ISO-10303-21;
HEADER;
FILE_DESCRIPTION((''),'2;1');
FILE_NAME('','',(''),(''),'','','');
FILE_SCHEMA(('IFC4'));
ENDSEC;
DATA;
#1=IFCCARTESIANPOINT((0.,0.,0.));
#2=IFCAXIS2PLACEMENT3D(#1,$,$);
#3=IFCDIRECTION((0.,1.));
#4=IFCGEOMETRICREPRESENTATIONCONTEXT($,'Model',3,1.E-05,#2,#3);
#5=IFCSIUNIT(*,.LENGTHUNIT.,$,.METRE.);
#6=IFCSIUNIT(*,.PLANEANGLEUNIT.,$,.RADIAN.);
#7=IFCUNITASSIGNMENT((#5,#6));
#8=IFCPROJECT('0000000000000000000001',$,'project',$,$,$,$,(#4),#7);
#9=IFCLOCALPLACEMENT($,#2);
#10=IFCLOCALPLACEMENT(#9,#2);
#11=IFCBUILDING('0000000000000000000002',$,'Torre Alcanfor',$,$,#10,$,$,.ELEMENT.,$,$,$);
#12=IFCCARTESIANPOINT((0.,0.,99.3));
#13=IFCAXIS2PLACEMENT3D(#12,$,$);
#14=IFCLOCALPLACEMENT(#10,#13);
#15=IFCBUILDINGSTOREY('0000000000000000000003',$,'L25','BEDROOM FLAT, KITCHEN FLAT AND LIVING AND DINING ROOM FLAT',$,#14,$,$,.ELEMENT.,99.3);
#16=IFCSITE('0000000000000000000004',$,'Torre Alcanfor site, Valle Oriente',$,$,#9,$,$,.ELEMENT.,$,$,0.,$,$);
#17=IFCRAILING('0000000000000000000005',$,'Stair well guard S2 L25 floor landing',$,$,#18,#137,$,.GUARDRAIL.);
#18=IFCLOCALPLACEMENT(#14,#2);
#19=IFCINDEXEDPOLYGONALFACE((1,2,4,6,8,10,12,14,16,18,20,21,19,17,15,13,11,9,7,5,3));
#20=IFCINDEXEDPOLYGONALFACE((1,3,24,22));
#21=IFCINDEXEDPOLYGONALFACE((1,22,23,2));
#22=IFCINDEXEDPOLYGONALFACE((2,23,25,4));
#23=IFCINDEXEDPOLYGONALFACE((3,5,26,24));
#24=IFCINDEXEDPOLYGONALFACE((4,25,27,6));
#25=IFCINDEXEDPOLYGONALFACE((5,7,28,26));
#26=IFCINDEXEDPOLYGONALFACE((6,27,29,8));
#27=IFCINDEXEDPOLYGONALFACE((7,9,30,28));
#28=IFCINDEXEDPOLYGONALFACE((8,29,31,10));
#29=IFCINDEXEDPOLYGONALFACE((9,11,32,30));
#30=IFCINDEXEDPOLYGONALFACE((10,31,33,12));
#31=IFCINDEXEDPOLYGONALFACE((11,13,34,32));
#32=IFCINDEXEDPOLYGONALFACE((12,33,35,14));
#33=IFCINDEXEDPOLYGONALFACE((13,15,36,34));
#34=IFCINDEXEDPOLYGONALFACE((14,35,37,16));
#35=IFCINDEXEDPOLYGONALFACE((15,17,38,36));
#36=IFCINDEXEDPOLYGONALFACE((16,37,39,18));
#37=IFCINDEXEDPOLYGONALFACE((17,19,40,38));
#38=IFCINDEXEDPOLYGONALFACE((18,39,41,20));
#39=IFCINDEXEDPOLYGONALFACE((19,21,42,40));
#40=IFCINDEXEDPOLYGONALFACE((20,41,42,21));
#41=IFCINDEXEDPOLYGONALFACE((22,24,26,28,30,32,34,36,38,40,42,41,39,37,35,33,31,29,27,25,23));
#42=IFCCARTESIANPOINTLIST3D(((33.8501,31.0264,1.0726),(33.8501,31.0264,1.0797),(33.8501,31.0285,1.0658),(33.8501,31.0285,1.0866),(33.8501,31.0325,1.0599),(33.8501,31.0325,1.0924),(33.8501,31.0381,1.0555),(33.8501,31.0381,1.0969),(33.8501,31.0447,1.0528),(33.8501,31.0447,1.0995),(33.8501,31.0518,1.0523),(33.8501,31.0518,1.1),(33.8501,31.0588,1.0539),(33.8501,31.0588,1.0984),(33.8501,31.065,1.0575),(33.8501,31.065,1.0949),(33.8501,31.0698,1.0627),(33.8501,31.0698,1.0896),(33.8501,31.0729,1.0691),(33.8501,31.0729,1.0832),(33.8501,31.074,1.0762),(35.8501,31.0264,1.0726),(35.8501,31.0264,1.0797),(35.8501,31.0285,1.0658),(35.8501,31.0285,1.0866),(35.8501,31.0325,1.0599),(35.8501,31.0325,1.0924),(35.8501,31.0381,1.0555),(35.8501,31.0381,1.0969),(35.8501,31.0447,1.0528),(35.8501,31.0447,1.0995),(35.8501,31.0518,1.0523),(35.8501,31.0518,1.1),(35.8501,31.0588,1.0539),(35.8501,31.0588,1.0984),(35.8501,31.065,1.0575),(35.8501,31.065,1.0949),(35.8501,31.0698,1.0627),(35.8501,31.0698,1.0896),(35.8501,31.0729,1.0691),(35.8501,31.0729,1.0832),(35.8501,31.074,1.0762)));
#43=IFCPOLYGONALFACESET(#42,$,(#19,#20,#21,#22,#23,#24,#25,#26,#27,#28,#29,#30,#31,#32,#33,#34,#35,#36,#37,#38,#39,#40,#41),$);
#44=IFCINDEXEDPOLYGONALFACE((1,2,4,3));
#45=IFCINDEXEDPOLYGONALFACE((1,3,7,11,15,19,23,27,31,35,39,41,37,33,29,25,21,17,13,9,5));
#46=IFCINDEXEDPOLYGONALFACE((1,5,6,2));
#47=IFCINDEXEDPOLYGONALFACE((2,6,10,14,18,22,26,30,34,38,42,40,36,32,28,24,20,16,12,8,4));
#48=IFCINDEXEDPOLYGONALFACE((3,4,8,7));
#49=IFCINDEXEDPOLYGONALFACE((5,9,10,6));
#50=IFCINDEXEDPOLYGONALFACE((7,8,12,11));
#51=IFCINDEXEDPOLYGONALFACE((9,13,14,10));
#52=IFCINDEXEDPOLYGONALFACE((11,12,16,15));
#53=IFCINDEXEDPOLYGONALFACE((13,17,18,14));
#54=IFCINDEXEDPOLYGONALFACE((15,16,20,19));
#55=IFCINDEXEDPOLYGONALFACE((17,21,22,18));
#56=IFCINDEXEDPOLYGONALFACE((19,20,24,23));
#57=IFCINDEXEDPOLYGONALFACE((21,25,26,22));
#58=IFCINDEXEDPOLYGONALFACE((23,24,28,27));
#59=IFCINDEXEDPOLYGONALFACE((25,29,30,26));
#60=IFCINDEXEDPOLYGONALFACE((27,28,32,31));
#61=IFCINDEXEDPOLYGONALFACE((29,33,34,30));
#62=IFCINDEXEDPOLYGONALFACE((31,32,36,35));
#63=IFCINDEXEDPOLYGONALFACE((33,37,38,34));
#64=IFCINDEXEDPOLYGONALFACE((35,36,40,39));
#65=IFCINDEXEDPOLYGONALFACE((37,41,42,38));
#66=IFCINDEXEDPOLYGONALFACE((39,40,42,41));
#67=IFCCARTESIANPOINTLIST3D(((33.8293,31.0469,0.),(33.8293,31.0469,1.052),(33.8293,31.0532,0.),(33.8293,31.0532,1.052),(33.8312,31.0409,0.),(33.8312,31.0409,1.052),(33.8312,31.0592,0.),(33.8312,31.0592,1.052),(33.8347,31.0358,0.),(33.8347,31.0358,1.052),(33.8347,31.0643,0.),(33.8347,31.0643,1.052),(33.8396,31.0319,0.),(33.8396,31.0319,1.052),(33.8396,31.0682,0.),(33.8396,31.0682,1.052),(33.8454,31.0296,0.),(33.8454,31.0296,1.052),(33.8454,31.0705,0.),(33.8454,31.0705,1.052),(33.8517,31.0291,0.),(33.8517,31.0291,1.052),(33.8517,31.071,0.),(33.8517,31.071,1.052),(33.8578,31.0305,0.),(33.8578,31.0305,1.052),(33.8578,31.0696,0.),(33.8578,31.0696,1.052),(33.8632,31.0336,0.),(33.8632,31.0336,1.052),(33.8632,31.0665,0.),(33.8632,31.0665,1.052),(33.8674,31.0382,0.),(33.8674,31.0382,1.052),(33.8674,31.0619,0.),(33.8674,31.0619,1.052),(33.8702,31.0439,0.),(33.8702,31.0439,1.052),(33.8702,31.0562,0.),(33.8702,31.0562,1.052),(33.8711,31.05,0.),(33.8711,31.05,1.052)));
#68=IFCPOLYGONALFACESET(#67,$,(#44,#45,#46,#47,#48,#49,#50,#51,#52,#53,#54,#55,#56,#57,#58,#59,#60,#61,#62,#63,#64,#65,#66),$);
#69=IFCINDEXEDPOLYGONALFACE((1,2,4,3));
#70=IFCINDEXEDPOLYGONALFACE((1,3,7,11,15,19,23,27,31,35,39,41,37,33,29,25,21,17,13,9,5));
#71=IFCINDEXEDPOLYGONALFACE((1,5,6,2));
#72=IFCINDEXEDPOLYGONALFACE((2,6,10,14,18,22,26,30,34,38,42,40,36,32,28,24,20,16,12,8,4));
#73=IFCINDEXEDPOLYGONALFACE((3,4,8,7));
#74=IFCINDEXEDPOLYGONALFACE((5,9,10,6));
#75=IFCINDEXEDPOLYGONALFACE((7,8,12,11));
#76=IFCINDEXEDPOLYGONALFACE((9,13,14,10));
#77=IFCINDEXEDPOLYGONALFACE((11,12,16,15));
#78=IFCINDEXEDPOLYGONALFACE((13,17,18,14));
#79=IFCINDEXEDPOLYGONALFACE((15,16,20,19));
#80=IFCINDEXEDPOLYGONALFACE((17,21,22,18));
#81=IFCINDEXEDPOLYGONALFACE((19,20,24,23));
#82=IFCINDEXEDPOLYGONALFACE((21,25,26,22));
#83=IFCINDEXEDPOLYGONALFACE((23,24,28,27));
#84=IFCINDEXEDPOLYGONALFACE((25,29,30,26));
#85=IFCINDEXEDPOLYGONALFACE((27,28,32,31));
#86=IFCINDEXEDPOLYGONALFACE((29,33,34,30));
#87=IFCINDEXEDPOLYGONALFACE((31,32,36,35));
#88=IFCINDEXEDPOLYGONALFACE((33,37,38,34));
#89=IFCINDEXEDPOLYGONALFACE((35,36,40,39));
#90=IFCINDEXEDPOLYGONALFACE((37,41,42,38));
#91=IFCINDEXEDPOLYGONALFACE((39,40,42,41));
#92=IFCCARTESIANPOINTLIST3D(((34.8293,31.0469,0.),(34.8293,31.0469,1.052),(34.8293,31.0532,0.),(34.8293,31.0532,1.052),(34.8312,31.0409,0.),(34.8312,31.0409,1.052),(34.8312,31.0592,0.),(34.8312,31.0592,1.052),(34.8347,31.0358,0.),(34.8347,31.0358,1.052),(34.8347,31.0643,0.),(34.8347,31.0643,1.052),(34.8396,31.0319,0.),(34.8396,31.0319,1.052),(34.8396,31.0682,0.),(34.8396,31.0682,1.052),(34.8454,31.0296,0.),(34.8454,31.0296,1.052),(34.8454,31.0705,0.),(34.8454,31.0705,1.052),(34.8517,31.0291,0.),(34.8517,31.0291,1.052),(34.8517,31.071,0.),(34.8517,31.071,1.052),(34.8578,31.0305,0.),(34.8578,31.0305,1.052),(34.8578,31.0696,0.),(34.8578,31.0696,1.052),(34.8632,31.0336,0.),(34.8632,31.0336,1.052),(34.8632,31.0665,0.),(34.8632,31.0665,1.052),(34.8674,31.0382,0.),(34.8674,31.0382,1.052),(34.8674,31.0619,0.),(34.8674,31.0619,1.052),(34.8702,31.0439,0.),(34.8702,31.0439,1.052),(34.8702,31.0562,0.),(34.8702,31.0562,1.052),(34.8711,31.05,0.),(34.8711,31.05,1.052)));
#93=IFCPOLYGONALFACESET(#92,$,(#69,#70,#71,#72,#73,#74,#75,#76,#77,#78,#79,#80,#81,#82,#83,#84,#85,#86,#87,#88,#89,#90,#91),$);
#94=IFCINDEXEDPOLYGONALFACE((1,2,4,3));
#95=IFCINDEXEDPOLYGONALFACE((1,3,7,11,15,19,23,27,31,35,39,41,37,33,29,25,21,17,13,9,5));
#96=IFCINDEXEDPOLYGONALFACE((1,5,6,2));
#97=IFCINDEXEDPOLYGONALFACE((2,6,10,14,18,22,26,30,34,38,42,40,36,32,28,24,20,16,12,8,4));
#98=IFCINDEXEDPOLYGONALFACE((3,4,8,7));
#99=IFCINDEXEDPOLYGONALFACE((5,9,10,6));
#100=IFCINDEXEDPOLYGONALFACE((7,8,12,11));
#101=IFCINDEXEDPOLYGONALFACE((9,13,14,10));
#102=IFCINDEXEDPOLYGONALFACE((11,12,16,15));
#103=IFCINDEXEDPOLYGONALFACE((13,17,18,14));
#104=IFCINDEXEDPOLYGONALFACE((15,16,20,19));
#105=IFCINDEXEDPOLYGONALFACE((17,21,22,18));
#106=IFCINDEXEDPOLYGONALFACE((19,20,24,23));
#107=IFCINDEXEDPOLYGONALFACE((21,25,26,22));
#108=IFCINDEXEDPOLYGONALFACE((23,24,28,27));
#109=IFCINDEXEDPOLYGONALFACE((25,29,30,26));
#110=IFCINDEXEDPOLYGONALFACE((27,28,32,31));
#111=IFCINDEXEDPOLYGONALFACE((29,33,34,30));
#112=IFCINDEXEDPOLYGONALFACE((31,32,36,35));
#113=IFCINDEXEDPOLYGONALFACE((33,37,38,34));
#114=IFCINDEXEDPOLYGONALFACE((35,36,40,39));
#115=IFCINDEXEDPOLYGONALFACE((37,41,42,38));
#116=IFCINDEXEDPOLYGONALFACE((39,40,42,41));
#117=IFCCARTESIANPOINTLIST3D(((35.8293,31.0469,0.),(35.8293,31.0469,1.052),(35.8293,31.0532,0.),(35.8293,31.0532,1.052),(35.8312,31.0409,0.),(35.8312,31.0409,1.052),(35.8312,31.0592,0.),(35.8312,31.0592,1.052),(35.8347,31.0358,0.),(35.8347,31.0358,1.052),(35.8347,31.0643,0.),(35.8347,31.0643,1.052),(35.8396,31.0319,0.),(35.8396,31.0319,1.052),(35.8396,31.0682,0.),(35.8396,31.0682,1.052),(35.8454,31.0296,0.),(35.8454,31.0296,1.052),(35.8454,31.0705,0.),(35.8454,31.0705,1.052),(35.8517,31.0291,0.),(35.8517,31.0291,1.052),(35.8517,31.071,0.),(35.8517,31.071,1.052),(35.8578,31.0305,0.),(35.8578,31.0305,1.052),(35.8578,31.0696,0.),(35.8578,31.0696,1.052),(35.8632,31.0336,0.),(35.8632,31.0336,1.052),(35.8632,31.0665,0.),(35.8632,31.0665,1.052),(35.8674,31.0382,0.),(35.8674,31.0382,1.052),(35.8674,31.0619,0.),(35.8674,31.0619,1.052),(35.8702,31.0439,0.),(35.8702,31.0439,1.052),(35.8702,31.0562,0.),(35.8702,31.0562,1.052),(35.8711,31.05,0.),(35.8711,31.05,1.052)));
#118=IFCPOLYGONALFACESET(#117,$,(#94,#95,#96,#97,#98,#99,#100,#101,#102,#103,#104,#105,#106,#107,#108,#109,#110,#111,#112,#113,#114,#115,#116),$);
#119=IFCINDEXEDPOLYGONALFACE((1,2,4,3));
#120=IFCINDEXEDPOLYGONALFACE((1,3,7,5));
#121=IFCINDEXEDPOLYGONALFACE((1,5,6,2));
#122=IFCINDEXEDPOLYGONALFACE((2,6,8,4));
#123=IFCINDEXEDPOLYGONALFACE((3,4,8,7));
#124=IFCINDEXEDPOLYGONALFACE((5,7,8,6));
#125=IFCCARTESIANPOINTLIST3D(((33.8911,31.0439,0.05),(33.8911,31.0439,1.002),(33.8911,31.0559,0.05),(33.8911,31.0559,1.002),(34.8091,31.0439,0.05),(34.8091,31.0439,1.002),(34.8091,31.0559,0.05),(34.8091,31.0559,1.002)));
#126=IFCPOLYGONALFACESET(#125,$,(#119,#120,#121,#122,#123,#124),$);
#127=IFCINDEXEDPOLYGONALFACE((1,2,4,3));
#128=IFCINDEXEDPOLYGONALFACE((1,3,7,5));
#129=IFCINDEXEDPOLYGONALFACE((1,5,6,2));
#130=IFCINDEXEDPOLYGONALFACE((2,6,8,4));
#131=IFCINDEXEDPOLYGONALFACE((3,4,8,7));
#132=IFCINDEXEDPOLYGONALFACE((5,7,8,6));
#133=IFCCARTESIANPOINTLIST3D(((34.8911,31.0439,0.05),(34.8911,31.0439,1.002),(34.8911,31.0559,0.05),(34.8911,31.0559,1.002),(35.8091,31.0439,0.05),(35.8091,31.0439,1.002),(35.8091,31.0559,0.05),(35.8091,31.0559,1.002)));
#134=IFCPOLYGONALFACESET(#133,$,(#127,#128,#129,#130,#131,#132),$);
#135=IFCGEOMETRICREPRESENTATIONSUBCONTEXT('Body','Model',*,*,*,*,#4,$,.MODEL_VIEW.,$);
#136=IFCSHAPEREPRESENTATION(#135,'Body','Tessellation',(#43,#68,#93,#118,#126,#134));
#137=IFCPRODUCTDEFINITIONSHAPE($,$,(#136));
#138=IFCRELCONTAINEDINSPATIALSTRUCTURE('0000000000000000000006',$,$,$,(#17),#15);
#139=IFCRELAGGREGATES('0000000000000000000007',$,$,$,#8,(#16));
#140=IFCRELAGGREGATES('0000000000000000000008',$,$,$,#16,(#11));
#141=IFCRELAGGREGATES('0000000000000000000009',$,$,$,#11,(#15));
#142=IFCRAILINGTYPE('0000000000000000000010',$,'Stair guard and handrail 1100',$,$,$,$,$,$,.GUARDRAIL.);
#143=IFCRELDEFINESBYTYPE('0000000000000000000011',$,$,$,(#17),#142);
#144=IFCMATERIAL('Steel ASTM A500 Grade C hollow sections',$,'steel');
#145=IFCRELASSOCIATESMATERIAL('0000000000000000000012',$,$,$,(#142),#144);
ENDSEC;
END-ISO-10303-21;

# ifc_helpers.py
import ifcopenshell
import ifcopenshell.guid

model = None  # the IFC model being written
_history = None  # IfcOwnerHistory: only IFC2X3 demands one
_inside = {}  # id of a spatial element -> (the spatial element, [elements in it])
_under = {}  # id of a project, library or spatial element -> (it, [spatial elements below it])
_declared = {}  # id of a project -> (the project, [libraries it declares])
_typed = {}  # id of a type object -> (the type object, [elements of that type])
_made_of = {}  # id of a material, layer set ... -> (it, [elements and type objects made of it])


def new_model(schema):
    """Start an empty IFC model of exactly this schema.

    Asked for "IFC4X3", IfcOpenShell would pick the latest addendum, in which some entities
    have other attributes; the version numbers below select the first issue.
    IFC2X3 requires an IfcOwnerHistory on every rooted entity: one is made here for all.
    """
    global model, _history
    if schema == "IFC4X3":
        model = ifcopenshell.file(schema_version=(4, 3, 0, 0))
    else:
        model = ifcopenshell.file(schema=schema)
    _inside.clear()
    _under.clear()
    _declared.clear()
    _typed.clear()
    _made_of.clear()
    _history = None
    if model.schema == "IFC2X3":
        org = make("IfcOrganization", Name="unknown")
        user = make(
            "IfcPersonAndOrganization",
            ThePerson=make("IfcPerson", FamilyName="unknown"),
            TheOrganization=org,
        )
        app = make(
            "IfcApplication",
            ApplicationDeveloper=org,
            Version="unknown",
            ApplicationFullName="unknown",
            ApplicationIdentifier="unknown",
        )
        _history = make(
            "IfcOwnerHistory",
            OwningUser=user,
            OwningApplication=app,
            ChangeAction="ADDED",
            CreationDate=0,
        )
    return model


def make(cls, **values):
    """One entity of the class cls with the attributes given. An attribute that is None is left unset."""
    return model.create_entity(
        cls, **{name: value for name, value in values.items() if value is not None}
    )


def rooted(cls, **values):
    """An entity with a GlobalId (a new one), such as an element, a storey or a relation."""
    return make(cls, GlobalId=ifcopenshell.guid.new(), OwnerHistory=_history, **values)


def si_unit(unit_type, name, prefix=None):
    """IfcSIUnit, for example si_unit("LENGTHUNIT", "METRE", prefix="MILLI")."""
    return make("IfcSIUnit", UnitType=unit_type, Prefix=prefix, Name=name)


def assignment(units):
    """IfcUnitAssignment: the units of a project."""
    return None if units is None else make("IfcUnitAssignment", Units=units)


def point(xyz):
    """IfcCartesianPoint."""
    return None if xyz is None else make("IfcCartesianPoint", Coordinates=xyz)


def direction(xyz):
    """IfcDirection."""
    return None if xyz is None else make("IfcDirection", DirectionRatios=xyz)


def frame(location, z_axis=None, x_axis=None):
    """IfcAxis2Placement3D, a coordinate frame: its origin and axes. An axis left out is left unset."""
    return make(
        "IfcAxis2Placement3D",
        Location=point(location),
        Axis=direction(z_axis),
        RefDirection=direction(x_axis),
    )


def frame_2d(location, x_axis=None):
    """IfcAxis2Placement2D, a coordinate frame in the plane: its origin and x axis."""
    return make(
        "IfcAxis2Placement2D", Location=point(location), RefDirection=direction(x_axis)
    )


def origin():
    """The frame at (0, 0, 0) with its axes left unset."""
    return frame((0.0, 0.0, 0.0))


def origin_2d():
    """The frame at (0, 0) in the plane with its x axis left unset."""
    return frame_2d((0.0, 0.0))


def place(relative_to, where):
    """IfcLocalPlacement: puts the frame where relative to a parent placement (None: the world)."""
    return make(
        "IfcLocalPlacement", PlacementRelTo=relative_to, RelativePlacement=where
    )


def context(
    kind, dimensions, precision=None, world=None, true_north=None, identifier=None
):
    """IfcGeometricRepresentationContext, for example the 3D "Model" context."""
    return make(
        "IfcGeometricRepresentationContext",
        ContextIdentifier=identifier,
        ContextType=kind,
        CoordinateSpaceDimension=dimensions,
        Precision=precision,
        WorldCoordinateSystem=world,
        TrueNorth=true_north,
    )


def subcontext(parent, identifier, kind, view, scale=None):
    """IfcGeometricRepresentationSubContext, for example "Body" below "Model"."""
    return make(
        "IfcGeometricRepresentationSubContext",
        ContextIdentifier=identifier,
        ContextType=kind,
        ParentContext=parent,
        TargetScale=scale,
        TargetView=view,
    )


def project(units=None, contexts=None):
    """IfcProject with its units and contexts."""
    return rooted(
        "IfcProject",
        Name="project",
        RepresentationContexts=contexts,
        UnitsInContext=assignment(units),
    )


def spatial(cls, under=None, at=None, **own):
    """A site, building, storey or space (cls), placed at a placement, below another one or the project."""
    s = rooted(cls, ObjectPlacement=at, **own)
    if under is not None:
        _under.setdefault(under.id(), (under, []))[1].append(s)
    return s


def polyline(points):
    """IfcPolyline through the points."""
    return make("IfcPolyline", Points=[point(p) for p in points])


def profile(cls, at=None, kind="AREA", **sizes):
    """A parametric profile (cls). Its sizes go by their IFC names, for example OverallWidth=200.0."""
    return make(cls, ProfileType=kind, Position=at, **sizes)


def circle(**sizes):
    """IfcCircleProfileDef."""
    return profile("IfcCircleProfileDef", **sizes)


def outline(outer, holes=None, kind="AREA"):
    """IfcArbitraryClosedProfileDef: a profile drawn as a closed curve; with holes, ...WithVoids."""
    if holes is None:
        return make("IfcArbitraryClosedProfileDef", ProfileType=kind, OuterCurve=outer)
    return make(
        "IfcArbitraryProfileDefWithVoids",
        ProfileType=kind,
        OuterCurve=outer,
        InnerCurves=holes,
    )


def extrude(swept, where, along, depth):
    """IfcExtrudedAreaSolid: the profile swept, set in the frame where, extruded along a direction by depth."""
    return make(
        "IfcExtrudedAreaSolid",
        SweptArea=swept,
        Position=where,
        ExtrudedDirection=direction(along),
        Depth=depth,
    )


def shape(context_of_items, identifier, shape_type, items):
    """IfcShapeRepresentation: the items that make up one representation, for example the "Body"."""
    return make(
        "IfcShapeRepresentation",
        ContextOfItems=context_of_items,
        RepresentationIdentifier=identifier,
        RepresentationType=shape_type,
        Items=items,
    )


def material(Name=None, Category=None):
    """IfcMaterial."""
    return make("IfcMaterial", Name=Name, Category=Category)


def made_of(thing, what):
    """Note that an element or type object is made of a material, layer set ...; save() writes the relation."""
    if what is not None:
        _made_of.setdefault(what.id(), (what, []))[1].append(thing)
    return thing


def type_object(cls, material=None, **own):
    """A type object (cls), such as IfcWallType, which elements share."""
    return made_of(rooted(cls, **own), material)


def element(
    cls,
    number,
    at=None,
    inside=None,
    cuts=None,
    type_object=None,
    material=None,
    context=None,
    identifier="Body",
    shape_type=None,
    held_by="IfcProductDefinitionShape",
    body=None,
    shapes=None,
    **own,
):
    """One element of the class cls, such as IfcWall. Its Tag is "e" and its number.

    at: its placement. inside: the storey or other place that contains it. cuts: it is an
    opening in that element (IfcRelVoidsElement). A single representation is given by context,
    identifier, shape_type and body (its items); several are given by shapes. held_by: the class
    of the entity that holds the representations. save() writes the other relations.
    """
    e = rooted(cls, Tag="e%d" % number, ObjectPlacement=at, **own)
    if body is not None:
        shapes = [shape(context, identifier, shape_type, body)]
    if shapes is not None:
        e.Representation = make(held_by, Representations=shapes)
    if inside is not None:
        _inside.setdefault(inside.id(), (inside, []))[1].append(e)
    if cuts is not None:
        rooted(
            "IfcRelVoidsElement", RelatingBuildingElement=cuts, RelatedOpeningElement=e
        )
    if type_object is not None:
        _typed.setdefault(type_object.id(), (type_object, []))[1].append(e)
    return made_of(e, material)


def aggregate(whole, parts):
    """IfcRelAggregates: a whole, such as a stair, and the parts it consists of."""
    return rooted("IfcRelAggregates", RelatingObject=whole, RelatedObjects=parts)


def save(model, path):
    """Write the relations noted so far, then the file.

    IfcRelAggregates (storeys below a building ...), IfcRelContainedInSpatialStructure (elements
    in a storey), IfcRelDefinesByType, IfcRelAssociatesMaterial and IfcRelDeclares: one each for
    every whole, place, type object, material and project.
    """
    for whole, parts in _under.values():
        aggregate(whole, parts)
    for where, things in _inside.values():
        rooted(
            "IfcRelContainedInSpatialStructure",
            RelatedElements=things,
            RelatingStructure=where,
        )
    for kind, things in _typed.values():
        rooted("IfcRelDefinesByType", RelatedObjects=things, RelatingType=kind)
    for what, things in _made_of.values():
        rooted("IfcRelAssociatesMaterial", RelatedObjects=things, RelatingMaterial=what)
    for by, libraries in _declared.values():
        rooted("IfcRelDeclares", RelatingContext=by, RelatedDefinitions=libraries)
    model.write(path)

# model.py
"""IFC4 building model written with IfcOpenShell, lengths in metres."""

from ifc_helpers import new_model, si_unit, direction, frame, origin, origin_2d, place, context, subcontext, project, spatial, polyline, circle, outline, extrude, material, type_object, element, save


model = new_model("IFC4")

# Units and contexts
model_context = context("Model", 3, precision=1e-05, world=origin(), true_north=direction((0.0, 1.0)))
body_context = subcontext(model_context, "Body", "Model", "MODEL_VIEW")
ifc_project = project(units=[si_unit("LENGTHUNIT", "METRE"), si_unit("PLANEANGLEUNIT", "RADIAN")], contexts=[model_context])

# Site, building, storey
site_placement = place(None, origin())
site = spatial("IfcSite", under=ifc_project, at=site_placement, Name="Torre Alcanfor site, Valle Oriente", CompositionType="ELEMENT", RefElevation=0.0)
building_placement = place(site_placement, origin())
building = spatial("IfcBuilding", under=site, at=building_placement, Name="Torre Alcanfor", CompositionType="ELEMENT")
storey_placement = place(building_placement, frame((0.0, 0.0, 99.3)))
storey = spatial("IfcBuildingStorey", under=building, at=storey_placement, Name="L25", Description="BEDROOM FLAT, KITCHEN FLAT AND LIVING AND DINING ROOM FLAT", CompositionType="ELEMENT", Elevation=99.3)

# Railing
ifc_material_1 = material(Name="Steel ASTM A500 Grade C hollow sections", Category="steel")
railing_type_1 = type_object("IfcRailingType", Name="Stair guard and handrail 1100", PredefinedType="GUARDRAIL", material=ifc_material_1)
for number, where, name in (
    (1, (33.8501, 31.05, 0.0), "Stair well guard S2 L25 floor landing"),
):
    element("IfcRailing", number, at=place(storey_placement, frame(where)), inside=storey, type_object=railing_type_1, Name=name, PredefinedType="GUARDRAIL", context=body_context, shape_type="SweptSolid", body=[
        extrude(circle(Radius=0.0239, at=origin_2d()), frame((0.0, 0.0, 1.0762), z_axis=(1.0, 0.0, 0.0), x_axis=(0.0, 1.0, 0.0)), (0.0, 0.0, 1.0), 2.0),
        extrude(circle(Radius=0.021, at=origin_2d()), origin(), (0.0, 0.0, 1.0), 1.052),
        extrude(circle(Radius=0.021, at=origin_2d()), frame((1.0, 0.0, 0.0)), (0.0, 0.0, 1.0), 1.052),
        extrude(circle(Radius=0.021, at=origin_2d()), frame((2.0, 0.0, 0.0)), (0.0, 0.0, 1.0), 1.052),
        extrude(outline(polyline([(0.041, 0.05), (0.959, 0.05), (0.959, 1.002), (0.041, 1.002), (0.041, 0.05)])), frame((0.0, 0.0059, 0.0), z_axis=(0.0, -1.0, 0.0), x_axis=(1.0, 0.0, 0.0)), (0.0, 0.0, 1.0), 0.012),
        extrude(outline(polyline([(1.041, 0.05), (1.959, 0.05), (1.959, 1.002), (1.041, 1.002), (1.041, 0.05)])), frame((0.0, 0.0059, 0.0), z_axis=(0.0, -1.0, 0.0), x_axis=(1.0, 0.0, 0.0)), (0.0, 0.0, 1.0), 0.012),
    ])

save(model, "model.ifc")
